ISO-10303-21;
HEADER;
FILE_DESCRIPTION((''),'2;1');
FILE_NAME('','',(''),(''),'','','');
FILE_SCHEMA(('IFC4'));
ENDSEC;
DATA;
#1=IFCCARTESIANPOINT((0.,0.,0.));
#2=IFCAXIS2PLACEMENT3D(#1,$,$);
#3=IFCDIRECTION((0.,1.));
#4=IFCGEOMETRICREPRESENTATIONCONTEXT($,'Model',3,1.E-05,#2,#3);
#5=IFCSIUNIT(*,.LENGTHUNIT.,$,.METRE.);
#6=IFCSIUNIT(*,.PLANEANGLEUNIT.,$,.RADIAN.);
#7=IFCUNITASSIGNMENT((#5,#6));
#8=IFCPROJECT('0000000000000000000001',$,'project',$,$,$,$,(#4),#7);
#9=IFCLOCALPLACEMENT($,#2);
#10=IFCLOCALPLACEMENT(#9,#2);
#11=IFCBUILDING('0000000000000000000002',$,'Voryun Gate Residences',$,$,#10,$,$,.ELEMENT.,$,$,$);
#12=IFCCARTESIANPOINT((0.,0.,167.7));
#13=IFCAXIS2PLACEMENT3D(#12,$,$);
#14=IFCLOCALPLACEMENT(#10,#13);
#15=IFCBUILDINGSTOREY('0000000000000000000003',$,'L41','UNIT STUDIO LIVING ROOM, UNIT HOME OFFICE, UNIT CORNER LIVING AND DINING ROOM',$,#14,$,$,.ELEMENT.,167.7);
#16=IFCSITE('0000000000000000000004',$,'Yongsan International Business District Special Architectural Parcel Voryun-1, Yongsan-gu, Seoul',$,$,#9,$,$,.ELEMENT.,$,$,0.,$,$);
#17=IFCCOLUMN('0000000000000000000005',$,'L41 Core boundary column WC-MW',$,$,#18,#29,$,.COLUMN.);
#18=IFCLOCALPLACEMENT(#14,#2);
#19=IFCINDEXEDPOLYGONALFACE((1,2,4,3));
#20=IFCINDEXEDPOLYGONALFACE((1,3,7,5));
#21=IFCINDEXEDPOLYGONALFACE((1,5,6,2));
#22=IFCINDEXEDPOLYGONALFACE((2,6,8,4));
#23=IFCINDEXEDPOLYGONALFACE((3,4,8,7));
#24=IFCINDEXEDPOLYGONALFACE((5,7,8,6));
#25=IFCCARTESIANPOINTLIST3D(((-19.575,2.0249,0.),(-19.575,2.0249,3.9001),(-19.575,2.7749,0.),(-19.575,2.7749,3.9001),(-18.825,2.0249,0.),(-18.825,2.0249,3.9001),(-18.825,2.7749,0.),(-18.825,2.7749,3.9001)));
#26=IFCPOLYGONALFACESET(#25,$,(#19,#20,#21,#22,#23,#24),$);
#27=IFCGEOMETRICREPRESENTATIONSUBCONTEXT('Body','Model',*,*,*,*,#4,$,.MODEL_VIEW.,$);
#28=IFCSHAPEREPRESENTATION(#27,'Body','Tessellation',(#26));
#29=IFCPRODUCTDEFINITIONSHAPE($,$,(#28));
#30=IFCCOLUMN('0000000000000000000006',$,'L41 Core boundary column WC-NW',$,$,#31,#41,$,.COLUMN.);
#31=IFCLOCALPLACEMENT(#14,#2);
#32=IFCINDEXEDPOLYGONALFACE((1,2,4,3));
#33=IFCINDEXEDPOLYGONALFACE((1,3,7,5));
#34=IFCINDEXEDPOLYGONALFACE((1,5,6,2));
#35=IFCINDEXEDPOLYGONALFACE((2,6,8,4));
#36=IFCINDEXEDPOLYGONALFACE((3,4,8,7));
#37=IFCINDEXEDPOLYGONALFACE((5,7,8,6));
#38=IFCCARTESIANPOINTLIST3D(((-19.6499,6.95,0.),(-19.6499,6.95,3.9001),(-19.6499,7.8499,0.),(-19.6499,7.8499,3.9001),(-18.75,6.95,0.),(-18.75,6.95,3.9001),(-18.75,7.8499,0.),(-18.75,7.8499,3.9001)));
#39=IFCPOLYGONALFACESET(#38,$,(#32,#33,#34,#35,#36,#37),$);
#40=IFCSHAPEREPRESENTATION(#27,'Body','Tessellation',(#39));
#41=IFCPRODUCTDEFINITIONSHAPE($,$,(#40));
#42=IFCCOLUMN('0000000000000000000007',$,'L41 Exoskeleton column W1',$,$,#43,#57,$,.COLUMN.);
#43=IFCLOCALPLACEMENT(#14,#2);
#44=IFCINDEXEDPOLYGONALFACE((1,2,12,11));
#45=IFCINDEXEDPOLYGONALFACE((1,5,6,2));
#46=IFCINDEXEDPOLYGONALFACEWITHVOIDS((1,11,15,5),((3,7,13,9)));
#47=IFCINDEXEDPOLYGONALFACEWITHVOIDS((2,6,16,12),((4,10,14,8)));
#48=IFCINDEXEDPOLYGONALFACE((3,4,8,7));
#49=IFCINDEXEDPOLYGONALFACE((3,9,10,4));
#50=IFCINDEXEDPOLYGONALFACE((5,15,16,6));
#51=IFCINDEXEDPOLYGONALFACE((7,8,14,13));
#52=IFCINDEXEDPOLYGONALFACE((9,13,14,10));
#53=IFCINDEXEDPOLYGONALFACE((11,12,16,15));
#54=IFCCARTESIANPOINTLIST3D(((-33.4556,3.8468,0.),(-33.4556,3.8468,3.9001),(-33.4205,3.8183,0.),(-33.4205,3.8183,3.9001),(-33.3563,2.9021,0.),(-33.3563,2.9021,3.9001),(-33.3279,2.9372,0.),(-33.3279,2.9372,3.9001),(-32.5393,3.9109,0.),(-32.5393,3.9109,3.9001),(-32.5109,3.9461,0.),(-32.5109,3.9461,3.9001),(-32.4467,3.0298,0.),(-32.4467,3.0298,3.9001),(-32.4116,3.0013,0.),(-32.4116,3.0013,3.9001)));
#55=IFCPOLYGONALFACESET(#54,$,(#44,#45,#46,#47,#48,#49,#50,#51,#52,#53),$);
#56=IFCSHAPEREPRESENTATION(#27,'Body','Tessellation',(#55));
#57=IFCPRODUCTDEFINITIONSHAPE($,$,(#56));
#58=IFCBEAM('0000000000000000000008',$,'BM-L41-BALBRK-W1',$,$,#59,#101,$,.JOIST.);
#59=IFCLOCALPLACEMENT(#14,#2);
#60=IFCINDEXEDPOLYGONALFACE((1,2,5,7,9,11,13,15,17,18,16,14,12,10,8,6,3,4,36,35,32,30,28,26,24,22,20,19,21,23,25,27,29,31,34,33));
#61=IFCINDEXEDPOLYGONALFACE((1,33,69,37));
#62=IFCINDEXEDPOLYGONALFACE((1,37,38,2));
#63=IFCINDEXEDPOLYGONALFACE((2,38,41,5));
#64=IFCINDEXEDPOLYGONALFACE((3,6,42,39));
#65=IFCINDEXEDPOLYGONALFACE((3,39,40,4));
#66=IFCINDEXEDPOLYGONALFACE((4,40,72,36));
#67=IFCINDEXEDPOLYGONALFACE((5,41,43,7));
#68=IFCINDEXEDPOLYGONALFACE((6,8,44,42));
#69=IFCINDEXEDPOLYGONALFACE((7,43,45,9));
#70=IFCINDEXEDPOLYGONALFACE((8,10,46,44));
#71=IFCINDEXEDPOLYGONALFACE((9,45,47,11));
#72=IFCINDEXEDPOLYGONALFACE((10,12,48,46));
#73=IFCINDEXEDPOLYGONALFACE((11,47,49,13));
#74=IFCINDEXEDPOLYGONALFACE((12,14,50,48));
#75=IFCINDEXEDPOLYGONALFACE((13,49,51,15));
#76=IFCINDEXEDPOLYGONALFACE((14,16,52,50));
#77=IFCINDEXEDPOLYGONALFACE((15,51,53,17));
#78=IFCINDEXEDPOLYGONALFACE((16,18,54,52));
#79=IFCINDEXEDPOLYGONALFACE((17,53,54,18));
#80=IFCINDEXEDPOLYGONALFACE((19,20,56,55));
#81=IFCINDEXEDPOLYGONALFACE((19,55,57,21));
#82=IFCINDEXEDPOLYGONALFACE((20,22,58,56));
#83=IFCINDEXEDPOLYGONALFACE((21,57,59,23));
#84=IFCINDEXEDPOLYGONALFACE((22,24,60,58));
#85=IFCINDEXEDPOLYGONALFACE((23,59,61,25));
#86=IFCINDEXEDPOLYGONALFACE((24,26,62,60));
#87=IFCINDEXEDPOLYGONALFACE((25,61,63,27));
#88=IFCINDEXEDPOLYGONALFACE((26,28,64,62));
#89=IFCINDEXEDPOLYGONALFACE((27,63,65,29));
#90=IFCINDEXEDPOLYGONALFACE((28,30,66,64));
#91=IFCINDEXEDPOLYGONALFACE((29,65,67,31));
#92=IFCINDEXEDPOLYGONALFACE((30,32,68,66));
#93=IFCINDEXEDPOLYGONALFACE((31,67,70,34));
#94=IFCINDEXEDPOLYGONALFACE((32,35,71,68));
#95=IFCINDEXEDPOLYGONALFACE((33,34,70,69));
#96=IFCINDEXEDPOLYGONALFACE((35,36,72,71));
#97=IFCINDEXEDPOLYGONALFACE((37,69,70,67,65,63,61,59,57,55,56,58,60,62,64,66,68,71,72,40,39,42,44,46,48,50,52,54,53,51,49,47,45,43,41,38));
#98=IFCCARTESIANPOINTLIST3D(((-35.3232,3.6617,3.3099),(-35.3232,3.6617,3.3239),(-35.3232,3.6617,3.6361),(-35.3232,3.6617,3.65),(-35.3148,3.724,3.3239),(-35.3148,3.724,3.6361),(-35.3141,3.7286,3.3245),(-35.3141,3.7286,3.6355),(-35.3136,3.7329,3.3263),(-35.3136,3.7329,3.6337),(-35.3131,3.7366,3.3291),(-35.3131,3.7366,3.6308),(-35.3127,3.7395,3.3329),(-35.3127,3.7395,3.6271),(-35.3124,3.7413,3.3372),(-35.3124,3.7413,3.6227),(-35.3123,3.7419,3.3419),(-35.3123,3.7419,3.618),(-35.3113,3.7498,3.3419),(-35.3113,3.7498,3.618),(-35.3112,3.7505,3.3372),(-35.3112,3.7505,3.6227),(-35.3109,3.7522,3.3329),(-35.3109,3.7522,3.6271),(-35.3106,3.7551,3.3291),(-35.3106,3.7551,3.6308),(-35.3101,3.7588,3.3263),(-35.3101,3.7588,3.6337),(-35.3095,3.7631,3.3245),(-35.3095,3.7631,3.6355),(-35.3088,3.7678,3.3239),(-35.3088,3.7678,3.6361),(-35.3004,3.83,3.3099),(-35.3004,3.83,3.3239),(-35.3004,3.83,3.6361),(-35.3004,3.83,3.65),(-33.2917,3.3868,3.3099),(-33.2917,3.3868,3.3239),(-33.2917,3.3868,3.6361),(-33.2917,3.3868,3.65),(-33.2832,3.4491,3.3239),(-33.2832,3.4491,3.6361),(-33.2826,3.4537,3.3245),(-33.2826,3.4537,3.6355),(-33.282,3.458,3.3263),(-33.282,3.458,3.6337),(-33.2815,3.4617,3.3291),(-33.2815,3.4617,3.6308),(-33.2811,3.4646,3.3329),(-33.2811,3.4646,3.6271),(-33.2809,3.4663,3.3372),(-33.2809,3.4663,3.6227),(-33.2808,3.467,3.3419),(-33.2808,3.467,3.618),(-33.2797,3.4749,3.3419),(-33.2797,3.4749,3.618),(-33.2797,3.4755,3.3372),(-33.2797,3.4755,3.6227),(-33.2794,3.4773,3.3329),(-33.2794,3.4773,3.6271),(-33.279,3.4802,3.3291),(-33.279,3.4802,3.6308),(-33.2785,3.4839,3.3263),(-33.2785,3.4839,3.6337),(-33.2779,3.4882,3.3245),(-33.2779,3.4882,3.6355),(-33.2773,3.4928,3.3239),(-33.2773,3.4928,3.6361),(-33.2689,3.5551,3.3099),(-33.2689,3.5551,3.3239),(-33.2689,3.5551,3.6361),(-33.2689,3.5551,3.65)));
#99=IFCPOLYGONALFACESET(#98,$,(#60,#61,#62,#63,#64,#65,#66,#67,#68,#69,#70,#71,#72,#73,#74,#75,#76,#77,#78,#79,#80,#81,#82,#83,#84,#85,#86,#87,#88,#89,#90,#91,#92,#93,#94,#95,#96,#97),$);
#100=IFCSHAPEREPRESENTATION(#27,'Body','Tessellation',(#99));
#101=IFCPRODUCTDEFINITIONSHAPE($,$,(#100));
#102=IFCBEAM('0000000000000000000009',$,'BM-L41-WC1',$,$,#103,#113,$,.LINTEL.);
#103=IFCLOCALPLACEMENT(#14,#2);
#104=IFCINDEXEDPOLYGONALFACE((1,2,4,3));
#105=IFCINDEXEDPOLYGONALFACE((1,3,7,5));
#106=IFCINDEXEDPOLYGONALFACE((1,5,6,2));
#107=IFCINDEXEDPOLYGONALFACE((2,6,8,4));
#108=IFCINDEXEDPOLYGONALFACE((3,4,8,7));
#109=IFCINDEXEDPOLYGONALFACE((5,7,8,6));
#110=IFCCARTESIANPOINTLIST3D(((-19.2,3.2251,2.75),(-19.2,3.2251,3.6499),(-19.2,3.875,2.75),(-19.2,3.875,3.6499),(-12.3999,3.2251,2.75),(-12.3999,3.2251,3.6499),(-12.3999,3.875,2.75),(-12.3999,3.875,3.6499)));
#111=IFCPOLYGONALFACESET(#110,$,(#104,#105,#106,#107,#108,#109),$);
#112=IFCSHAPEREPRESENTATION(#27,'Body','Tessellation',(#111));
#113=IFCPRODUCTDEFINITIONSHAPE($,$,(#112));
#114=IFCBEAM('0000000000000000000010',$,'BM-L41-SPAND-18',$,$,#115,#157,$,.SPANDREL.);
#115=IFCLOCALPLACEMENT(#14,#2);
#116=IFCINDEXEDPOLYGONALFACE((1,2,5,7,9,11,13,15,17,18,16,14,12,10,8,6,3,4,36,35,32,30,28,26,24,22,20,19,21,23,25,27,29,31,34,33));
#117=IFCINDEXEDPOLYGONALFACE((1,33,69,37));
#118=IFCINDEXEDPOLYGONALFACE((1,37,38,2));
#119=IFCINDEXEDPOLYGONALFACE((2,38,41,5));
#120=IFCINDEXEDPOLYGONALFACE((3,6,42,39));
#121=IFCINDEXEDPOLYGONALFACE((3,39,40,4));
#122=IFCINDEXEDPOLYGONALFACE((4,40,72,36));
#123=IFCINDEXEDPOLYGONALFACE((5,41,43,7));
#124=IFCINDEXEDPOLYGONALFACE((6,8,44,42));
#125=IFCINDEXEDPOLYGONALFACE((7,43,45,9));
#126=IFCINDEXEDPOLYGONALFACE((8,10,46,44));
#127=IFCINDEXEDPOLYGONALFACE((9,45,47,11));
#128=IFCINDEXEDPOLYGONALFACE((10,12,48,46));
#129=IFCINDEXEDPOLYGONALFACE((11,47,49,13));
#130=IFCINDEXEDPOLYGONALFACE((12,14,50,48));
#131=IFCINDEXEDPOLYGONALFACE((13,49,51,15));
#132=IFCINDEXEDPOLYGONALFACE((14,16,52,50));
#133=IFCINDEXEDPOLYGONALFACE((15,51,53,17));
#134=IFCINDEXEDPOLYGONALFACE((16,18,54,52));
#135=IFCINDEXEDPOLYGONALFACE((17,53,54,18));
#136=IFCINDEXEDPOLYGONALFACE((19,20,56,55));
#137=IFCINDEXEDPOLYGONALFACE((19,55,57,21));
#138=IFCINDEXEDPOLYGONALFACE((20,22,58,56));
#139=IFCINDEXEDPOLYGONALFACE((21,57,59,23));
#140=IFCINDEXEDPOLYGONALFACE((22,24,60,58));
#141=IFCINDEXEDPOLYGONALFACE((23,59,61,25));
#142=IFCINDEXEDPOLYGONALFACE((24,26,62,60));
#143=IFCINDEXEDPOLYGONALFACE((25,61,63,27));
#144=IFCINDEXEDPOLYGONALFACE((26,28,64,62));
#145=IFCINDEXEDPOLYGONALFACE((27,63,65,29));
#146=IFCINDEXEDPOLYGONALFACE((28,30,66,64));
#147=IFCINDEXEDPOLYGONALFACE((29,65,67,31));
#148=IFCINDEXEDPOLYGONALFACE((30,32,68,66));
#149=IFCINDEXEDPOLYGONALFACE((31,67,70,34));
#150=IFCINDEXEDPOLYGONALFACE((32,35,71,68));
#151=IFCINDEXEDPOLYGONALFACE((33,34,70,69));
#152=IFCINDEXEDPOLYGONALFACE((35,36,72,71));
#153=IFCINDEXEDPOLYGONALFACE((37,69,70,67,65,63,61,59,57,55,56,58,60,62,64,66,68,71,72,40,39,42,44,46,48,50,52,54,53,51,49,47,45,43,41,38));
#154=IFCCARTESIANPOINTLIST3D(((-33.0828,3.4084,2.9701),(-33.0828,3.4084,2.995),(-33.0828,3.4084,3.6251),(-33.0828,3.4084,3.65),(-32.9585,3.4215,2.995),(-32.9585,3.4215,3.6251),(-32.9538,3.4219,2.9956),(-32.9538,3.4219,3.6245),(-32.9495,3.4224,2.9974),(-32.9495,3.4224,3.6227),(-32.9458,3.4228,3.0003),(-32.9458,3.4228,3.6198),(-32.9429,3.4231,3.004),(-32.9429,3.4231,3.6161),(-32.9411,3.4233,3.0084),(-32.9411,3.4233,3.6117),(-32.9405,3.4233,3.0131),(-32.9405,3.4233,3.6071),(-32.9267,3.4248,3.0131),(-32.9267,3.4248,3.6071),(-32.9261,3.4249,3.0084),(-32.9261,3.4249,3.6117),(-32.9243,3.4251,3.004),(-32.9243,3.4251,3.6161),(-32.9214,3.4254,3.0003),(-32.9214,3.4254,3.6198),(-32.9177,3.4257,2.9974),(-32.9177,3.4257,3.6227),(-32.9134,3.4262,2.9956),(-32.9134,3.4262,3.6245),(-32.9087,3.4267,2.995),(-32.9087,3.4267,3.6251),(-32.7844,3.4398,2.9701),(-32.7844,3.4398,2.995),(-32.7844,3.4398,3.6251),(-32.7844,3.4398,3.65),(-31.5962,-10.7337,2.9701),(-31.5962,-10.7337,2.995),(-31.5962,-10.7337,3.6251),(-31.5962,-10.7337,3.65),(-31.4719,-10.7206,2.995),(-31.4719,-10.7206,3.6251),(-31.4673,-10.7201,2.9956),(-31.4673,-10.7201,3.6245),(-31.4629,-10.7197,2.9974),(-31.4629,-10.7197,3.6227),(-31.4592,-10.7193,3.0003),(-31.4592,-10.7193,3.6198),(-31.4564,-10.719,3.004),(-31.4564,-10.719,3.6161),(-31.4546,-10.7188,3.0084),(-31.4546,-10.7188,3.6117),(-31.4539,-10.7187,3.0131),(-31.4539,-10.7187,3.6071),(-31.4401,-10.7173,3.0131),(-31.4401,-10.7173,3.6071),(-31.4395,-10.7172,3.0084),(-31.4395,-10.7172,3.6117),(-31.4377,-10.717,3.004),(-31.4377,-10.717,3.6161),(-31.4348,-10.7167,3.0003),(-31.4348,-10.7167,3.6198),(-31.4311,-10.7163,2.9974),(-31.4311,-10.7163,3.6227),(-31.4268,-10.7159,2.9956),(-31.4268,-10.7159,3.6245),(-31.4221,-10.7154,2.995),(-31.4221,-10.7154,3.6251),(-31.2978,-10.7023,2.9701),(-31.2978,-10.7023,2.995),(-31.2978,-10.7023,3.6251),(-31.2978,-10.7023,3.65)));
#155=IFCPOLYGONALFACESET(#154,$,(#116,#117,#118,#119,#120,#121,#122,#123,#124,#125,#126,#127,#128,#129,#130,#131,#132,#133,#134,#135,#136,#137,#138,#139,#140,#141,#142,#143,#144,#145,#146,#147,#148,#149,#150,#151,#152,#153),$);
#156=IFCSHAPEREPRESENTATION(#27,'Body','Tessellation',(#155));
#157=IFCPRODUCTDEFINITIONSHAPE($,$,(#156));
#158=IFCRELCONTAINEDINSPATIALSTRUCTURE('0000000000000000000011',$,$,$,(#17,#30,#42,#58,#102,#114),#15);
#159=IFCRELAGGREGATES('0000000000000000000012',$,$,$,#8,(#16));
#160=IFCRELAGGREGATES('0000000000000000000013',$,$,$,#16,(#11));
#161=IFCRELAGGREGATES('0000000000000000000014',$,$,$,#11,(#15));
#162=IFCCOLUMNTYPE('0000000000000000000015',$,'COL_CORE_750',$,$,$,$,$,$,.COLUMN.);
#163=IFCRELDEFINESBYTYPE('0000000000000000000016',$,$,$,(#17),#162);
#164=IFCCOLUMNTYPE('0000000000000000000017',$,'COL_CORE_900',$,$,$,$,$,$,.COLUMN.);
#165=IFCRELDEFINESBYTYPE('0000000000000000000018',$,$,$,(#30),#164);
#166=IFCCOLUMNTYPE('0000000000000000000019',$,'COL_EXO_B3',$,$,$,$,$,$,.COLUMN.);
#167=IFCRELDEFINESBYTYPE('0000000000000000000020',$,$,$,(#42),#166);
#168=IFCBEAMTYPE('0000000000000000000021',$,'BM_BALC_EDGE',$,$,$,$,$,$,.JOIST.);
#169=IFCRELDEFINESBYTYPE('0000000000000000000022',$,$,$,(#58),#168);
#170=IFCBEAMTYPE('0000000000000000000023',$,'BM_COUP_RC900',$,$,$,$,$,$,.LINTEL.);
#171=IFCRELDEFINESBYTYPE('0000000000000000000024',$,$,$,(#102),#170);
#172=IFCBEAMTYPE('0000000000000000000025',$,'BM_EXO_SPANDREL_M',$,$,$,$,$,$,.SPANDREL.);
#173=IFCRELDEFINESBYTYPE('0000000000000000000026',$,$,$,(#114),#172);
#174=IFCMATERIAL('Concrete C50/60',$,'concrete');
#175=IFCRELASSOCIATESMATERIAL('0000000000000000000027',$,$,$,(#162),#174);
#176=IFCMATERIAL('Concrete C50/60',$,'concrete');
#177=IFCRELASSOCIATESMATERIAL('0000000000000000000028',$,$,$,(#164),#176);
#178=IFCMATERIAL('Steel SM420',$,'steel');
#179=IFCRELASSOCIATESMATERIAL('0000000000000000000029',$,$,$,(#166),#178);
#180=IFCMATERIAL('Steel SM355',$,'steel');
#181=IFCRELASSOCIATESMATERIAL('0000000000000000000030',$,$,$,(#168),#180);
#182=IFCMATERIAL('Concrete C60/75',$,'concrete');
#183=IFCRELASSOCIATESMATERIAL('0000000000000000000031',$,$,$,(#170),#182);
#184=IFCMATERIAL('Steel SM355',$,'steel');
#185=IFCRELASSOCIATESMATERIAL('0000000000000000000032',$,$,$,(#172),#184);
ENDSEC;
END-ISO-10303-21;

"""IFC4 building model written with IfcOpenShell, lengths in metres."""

from ifc_helpers import new_model, si_unit, direction, frame, origin, origin_2d, place, context, subcontext, project, spatial, rectangle, hollow_rectangle, i_section, extrude, material, material_profile, profile_set, type_object, element, save


model = new_model("IFC4")

# Units and contexts
model_context = context("Model", 3, precision=1e-05, world=origin(), true_north=direction((0.0, 1.0)))
body_context = subcontext(model_context, "Body", "Model", "MODEL_VIEW")
ifc_project = project(units=[si_unit("LENGTHUNIT", "METRE"), si_unit("PLANEANGLEUNIT", "RADIAN")], contexts=[model_context])

# Site, building, storey
site_placement = place(None, origin())
site = spatial("IfcSite", under=ifc_project, at=site_placement, Name="Yongsan International Business District Special Architectural Parcel Voryun-1, Yongsan-gu, Seoul", CompositionType="ELEMENT", RefElevation=0.0)
building_placement = place(site_placement, origin())
building = spatial("IfcBuilding", under=site, at=building_placement, Name="Voryun Gate Residences", CompositionType="ELEMENT")
storey_placement = place(building_placement, frame((0.0, 0.0, 167.7)))
storey = spatial("IfcBuildingStorey", under=building, at=storey_placement, Name="L41", Description="UNIT STUDIO LIVING ROOM, UNIT HOME OFFICE, UNIT CORNER LIVING AND DINING ROOM", CompositionType="ELEMENT", Elevation=167.7)

# Columns
ifc_material_1 = material(Name="Concrete C50/60", Category="concrete")
ifc_material_profile_1 = material_profile(ifc_material_1, rectangle(XDim=0.75, YDim=0.75, at=origin_2d()), Name="RC-750x750")
ifc_profile_set_1 = profile_set([ifc_material_profile_1], Name="Concrete C50/60")
column_type_1 = type_object("IfcColumnType", Name="COL_CORE_750", PredefinedType="COLUMN", material=ifc_profile_set_1)
column_1_placement = place(storey_placement, frame((-19.2, 2.3999, 0.0), z_axis=(0.0, 0.0, 1.0), x_axis=(1.0, 0.0, 0.0)))
element("IfcColumn", 1, at=column_1_placement, inside=storey, type_object=column_type_1, Name="L41 Core boundary column WC-MW", PredefinedType="COLUMN", context=body_context, shape_type="SweptSolid", body=[
    extrude(rectangle(XDim=0.75, YDim=0.75, at=origin_2d()), origin(), (0.0, 0.0, 1.0), 3.9001),
])
ifc_material_2 = material(Name="Concrete C50/60", Category="concrete")
ifc_material_profile_2 = material_profile(ifc_material_2, rectangle(XDim=0.8999, YDim=0.8999, at=origin_2d()), Name="RC-900x900")
ifc_profile_set_2 = profile_set([ifc_material_profile_2], Name="Concrete C50/60")
column_type_2 = type_object("IfcColumnType", Name="COL_CORE_900", PredefinedType="COLUMN", material=ifc_profile_set_2)
column_2_placement = place(storey_placement, frame((-19.2, 7.3999, 0.0), z_axis=(0.0, 0.0, 1.0), x_axis=(1.0, 0.0, 0.0)))
element("IfcColumn", 2, at=column_2_placement, inside=storey, type_object=column_type_2, Name="L41 Core boundary column WC-NW", PredefinedType="COLUMN", context=body_context, shape_type="SweptSolid", body=[
    extrude(rectangle(XDim=0.8999, YDim=0.8999, at=origin_2d()), origin(), (0.0, 0.0, 1.0), 3.9001),
])
ifc_material_3 = material(Name="Steel SM420", Category="steel")
ifc_material_profile_3 = material_profile(ifc_material_3, hollow_rectangle(XDim=0.95, YDim=0.95, WallThickness=0.032, at=origin_2d()), Name="BOX-950x950x32")
ifc_profile_set_3 = profile_set([ifc_material_profile_3], Name="Steel SM420")
column_type_3 = type_object("IfcColumnType", Name="COL_EXO_B3", PredefinedType="COLUMN", material=ifc_profile_set_3)
column_3_placement = place(storey_placement, frame((-32.9336, 3.4241, 0.0), z_axis=(0.0, 0.0, 1.0), x_axis=(0.994522, 0.104528, 0.0)))
element("IfcColumn", 3, at=column_3_placement, inside=storey, type_object=column_type_3, Name="L41 Exoskeleton column W1", PredefinedType="COLUMN", context=body_context, shape_type="SweptSolid", body=[
    extrude(hollow_rectangle(XDim=0.95, YDim=0.95, WallThickness=0.032, at=origin_2d()), origin(), (0.0, 0.0, 1.0), 3.9001),
])

# Beams
ifc_material_4 = material(Name="Steel SM355", Category="steel")
ifc_material_profile_4 = material_profile(ifc_material_4, i_section(OverallWidth=0.1699, OverallDepth=0.3401, WebThickness=0.0081, FlangeThickness=0.0139, FilletRadius=0.0181, at=origin_2d()), Name="H-340x170x8x14")
ifc_profile_set_4 = profile_set([ifc_material_profile_4], Name="Steel SM355")
beam_type_1 = type_object("IfcBeamType", Name="BM_BALC_EDGE", PredefinedType="JOIST", material=ifc_profile_set_4)
beam_1_placement = place(storey_placement, frame((-33.2803, 3.4709, 3.48), z_axis=(-0.990968, 0.134098, 0.0), x_axis=(-0.134098, -0.990968, 0.0)))
element("IfcBeam", 4, at=beam_1_placement, inside=storey, type_object=beam_type_1, Name="BM-L41-BALBRK-W1", PredefinedType="JOIST", context=body_context, shape_type="SweptSolid", body=[
    extrude(i_section(OverallWidth=0.1699, OverallDepth=0.3401, WebThickness=0.0081, FlangeThickness=0.0139, FilletRadius=0.0181, at=origin_2d()), origin(), (0.0, 0.0, 1.0), 2.05),
])
ifc_material_5 = material(Name="Concrete C60/75", Category="concrete")
ifc_material_profile_5 = material_profile(ifc_material_5, rectangle(XDim=0.6499, YDim=0.8999, at=origin_2d()), Name="RC-650x900")
ifc_profile_set_5 = profile_set([ifc_material_profile_5], Name="Concrete C60/75")
beam_type_2 = type_object("IfcBeamType", Name="BM_COUP_RC900", PredefinedType="LINTEL", material=ifc_profile_set_5)
beam_2_placement = place(storey_placement, frame((-19.2, 3.55, 3.2), z_axis=(1.0, 0.0, 0.0), x_axis=(0.0, 1.0, 0.0)))
element("IfcBeam", 5, at=beam_2_placement, inside=storey, type_object=beam_type_2, Name="BM-L41-WC1", PredefinedType="LINTEL", context=body_context, shape_type="SweptSolid", body=[
    extrude(rectangle(XDim=0.6499, YDim=0.8999, at=origin_2d()), origin(), (0.0, 0.0, 1.0), 6.8),
])
ifc_material_6 = material(Name="Steel SM355", Category="steel")
ifc_material_profile_6 = material_profile(ifc_material_6, i_section(OverallWidth=0.3, OverallDepth=0.6799, WebThickness=0.0139, FlangeThickness=0.0249, FilletRadius=0.0181, at=origin_2d()), Name="H-680x300x14x25")
ifc_profile_set_6 = profile_set([ifc_material_profile_6], Name="Steel SM355")
beam_type_3 = type_object("IfcBeamType", Name="BM_EXO_SPANDREL_M", PredefinedType="SPANDREL", material=ifc_profile_set_6)
beam_3_placement = place(storey_placement, frame((-32.9336, 3.4241, 3.3101), z_axis=(0.104541, -0.994521, 0.0), x_axis=(0.994521, 0.104541, 0.0)))
element("IfcBeam", 6, at=beam_3_placement, inside=storey, type_object=beam_type_3, Name="BM-L41-SPAND-18", PredefinedType="SPANDREL", context=body_context, shape_type="SweptSolid", body=[
    extrude(i_section(OverallWidth=0.3, OverallDepth=0.6799, WebThickness=0.0139, FlangeThickness=0.0249, FilletRadius=0.0181, at=origin_2d()), origin(), (0.0, 0.0, 1.0), 14.22),
])

save(model, "model.ifc")
